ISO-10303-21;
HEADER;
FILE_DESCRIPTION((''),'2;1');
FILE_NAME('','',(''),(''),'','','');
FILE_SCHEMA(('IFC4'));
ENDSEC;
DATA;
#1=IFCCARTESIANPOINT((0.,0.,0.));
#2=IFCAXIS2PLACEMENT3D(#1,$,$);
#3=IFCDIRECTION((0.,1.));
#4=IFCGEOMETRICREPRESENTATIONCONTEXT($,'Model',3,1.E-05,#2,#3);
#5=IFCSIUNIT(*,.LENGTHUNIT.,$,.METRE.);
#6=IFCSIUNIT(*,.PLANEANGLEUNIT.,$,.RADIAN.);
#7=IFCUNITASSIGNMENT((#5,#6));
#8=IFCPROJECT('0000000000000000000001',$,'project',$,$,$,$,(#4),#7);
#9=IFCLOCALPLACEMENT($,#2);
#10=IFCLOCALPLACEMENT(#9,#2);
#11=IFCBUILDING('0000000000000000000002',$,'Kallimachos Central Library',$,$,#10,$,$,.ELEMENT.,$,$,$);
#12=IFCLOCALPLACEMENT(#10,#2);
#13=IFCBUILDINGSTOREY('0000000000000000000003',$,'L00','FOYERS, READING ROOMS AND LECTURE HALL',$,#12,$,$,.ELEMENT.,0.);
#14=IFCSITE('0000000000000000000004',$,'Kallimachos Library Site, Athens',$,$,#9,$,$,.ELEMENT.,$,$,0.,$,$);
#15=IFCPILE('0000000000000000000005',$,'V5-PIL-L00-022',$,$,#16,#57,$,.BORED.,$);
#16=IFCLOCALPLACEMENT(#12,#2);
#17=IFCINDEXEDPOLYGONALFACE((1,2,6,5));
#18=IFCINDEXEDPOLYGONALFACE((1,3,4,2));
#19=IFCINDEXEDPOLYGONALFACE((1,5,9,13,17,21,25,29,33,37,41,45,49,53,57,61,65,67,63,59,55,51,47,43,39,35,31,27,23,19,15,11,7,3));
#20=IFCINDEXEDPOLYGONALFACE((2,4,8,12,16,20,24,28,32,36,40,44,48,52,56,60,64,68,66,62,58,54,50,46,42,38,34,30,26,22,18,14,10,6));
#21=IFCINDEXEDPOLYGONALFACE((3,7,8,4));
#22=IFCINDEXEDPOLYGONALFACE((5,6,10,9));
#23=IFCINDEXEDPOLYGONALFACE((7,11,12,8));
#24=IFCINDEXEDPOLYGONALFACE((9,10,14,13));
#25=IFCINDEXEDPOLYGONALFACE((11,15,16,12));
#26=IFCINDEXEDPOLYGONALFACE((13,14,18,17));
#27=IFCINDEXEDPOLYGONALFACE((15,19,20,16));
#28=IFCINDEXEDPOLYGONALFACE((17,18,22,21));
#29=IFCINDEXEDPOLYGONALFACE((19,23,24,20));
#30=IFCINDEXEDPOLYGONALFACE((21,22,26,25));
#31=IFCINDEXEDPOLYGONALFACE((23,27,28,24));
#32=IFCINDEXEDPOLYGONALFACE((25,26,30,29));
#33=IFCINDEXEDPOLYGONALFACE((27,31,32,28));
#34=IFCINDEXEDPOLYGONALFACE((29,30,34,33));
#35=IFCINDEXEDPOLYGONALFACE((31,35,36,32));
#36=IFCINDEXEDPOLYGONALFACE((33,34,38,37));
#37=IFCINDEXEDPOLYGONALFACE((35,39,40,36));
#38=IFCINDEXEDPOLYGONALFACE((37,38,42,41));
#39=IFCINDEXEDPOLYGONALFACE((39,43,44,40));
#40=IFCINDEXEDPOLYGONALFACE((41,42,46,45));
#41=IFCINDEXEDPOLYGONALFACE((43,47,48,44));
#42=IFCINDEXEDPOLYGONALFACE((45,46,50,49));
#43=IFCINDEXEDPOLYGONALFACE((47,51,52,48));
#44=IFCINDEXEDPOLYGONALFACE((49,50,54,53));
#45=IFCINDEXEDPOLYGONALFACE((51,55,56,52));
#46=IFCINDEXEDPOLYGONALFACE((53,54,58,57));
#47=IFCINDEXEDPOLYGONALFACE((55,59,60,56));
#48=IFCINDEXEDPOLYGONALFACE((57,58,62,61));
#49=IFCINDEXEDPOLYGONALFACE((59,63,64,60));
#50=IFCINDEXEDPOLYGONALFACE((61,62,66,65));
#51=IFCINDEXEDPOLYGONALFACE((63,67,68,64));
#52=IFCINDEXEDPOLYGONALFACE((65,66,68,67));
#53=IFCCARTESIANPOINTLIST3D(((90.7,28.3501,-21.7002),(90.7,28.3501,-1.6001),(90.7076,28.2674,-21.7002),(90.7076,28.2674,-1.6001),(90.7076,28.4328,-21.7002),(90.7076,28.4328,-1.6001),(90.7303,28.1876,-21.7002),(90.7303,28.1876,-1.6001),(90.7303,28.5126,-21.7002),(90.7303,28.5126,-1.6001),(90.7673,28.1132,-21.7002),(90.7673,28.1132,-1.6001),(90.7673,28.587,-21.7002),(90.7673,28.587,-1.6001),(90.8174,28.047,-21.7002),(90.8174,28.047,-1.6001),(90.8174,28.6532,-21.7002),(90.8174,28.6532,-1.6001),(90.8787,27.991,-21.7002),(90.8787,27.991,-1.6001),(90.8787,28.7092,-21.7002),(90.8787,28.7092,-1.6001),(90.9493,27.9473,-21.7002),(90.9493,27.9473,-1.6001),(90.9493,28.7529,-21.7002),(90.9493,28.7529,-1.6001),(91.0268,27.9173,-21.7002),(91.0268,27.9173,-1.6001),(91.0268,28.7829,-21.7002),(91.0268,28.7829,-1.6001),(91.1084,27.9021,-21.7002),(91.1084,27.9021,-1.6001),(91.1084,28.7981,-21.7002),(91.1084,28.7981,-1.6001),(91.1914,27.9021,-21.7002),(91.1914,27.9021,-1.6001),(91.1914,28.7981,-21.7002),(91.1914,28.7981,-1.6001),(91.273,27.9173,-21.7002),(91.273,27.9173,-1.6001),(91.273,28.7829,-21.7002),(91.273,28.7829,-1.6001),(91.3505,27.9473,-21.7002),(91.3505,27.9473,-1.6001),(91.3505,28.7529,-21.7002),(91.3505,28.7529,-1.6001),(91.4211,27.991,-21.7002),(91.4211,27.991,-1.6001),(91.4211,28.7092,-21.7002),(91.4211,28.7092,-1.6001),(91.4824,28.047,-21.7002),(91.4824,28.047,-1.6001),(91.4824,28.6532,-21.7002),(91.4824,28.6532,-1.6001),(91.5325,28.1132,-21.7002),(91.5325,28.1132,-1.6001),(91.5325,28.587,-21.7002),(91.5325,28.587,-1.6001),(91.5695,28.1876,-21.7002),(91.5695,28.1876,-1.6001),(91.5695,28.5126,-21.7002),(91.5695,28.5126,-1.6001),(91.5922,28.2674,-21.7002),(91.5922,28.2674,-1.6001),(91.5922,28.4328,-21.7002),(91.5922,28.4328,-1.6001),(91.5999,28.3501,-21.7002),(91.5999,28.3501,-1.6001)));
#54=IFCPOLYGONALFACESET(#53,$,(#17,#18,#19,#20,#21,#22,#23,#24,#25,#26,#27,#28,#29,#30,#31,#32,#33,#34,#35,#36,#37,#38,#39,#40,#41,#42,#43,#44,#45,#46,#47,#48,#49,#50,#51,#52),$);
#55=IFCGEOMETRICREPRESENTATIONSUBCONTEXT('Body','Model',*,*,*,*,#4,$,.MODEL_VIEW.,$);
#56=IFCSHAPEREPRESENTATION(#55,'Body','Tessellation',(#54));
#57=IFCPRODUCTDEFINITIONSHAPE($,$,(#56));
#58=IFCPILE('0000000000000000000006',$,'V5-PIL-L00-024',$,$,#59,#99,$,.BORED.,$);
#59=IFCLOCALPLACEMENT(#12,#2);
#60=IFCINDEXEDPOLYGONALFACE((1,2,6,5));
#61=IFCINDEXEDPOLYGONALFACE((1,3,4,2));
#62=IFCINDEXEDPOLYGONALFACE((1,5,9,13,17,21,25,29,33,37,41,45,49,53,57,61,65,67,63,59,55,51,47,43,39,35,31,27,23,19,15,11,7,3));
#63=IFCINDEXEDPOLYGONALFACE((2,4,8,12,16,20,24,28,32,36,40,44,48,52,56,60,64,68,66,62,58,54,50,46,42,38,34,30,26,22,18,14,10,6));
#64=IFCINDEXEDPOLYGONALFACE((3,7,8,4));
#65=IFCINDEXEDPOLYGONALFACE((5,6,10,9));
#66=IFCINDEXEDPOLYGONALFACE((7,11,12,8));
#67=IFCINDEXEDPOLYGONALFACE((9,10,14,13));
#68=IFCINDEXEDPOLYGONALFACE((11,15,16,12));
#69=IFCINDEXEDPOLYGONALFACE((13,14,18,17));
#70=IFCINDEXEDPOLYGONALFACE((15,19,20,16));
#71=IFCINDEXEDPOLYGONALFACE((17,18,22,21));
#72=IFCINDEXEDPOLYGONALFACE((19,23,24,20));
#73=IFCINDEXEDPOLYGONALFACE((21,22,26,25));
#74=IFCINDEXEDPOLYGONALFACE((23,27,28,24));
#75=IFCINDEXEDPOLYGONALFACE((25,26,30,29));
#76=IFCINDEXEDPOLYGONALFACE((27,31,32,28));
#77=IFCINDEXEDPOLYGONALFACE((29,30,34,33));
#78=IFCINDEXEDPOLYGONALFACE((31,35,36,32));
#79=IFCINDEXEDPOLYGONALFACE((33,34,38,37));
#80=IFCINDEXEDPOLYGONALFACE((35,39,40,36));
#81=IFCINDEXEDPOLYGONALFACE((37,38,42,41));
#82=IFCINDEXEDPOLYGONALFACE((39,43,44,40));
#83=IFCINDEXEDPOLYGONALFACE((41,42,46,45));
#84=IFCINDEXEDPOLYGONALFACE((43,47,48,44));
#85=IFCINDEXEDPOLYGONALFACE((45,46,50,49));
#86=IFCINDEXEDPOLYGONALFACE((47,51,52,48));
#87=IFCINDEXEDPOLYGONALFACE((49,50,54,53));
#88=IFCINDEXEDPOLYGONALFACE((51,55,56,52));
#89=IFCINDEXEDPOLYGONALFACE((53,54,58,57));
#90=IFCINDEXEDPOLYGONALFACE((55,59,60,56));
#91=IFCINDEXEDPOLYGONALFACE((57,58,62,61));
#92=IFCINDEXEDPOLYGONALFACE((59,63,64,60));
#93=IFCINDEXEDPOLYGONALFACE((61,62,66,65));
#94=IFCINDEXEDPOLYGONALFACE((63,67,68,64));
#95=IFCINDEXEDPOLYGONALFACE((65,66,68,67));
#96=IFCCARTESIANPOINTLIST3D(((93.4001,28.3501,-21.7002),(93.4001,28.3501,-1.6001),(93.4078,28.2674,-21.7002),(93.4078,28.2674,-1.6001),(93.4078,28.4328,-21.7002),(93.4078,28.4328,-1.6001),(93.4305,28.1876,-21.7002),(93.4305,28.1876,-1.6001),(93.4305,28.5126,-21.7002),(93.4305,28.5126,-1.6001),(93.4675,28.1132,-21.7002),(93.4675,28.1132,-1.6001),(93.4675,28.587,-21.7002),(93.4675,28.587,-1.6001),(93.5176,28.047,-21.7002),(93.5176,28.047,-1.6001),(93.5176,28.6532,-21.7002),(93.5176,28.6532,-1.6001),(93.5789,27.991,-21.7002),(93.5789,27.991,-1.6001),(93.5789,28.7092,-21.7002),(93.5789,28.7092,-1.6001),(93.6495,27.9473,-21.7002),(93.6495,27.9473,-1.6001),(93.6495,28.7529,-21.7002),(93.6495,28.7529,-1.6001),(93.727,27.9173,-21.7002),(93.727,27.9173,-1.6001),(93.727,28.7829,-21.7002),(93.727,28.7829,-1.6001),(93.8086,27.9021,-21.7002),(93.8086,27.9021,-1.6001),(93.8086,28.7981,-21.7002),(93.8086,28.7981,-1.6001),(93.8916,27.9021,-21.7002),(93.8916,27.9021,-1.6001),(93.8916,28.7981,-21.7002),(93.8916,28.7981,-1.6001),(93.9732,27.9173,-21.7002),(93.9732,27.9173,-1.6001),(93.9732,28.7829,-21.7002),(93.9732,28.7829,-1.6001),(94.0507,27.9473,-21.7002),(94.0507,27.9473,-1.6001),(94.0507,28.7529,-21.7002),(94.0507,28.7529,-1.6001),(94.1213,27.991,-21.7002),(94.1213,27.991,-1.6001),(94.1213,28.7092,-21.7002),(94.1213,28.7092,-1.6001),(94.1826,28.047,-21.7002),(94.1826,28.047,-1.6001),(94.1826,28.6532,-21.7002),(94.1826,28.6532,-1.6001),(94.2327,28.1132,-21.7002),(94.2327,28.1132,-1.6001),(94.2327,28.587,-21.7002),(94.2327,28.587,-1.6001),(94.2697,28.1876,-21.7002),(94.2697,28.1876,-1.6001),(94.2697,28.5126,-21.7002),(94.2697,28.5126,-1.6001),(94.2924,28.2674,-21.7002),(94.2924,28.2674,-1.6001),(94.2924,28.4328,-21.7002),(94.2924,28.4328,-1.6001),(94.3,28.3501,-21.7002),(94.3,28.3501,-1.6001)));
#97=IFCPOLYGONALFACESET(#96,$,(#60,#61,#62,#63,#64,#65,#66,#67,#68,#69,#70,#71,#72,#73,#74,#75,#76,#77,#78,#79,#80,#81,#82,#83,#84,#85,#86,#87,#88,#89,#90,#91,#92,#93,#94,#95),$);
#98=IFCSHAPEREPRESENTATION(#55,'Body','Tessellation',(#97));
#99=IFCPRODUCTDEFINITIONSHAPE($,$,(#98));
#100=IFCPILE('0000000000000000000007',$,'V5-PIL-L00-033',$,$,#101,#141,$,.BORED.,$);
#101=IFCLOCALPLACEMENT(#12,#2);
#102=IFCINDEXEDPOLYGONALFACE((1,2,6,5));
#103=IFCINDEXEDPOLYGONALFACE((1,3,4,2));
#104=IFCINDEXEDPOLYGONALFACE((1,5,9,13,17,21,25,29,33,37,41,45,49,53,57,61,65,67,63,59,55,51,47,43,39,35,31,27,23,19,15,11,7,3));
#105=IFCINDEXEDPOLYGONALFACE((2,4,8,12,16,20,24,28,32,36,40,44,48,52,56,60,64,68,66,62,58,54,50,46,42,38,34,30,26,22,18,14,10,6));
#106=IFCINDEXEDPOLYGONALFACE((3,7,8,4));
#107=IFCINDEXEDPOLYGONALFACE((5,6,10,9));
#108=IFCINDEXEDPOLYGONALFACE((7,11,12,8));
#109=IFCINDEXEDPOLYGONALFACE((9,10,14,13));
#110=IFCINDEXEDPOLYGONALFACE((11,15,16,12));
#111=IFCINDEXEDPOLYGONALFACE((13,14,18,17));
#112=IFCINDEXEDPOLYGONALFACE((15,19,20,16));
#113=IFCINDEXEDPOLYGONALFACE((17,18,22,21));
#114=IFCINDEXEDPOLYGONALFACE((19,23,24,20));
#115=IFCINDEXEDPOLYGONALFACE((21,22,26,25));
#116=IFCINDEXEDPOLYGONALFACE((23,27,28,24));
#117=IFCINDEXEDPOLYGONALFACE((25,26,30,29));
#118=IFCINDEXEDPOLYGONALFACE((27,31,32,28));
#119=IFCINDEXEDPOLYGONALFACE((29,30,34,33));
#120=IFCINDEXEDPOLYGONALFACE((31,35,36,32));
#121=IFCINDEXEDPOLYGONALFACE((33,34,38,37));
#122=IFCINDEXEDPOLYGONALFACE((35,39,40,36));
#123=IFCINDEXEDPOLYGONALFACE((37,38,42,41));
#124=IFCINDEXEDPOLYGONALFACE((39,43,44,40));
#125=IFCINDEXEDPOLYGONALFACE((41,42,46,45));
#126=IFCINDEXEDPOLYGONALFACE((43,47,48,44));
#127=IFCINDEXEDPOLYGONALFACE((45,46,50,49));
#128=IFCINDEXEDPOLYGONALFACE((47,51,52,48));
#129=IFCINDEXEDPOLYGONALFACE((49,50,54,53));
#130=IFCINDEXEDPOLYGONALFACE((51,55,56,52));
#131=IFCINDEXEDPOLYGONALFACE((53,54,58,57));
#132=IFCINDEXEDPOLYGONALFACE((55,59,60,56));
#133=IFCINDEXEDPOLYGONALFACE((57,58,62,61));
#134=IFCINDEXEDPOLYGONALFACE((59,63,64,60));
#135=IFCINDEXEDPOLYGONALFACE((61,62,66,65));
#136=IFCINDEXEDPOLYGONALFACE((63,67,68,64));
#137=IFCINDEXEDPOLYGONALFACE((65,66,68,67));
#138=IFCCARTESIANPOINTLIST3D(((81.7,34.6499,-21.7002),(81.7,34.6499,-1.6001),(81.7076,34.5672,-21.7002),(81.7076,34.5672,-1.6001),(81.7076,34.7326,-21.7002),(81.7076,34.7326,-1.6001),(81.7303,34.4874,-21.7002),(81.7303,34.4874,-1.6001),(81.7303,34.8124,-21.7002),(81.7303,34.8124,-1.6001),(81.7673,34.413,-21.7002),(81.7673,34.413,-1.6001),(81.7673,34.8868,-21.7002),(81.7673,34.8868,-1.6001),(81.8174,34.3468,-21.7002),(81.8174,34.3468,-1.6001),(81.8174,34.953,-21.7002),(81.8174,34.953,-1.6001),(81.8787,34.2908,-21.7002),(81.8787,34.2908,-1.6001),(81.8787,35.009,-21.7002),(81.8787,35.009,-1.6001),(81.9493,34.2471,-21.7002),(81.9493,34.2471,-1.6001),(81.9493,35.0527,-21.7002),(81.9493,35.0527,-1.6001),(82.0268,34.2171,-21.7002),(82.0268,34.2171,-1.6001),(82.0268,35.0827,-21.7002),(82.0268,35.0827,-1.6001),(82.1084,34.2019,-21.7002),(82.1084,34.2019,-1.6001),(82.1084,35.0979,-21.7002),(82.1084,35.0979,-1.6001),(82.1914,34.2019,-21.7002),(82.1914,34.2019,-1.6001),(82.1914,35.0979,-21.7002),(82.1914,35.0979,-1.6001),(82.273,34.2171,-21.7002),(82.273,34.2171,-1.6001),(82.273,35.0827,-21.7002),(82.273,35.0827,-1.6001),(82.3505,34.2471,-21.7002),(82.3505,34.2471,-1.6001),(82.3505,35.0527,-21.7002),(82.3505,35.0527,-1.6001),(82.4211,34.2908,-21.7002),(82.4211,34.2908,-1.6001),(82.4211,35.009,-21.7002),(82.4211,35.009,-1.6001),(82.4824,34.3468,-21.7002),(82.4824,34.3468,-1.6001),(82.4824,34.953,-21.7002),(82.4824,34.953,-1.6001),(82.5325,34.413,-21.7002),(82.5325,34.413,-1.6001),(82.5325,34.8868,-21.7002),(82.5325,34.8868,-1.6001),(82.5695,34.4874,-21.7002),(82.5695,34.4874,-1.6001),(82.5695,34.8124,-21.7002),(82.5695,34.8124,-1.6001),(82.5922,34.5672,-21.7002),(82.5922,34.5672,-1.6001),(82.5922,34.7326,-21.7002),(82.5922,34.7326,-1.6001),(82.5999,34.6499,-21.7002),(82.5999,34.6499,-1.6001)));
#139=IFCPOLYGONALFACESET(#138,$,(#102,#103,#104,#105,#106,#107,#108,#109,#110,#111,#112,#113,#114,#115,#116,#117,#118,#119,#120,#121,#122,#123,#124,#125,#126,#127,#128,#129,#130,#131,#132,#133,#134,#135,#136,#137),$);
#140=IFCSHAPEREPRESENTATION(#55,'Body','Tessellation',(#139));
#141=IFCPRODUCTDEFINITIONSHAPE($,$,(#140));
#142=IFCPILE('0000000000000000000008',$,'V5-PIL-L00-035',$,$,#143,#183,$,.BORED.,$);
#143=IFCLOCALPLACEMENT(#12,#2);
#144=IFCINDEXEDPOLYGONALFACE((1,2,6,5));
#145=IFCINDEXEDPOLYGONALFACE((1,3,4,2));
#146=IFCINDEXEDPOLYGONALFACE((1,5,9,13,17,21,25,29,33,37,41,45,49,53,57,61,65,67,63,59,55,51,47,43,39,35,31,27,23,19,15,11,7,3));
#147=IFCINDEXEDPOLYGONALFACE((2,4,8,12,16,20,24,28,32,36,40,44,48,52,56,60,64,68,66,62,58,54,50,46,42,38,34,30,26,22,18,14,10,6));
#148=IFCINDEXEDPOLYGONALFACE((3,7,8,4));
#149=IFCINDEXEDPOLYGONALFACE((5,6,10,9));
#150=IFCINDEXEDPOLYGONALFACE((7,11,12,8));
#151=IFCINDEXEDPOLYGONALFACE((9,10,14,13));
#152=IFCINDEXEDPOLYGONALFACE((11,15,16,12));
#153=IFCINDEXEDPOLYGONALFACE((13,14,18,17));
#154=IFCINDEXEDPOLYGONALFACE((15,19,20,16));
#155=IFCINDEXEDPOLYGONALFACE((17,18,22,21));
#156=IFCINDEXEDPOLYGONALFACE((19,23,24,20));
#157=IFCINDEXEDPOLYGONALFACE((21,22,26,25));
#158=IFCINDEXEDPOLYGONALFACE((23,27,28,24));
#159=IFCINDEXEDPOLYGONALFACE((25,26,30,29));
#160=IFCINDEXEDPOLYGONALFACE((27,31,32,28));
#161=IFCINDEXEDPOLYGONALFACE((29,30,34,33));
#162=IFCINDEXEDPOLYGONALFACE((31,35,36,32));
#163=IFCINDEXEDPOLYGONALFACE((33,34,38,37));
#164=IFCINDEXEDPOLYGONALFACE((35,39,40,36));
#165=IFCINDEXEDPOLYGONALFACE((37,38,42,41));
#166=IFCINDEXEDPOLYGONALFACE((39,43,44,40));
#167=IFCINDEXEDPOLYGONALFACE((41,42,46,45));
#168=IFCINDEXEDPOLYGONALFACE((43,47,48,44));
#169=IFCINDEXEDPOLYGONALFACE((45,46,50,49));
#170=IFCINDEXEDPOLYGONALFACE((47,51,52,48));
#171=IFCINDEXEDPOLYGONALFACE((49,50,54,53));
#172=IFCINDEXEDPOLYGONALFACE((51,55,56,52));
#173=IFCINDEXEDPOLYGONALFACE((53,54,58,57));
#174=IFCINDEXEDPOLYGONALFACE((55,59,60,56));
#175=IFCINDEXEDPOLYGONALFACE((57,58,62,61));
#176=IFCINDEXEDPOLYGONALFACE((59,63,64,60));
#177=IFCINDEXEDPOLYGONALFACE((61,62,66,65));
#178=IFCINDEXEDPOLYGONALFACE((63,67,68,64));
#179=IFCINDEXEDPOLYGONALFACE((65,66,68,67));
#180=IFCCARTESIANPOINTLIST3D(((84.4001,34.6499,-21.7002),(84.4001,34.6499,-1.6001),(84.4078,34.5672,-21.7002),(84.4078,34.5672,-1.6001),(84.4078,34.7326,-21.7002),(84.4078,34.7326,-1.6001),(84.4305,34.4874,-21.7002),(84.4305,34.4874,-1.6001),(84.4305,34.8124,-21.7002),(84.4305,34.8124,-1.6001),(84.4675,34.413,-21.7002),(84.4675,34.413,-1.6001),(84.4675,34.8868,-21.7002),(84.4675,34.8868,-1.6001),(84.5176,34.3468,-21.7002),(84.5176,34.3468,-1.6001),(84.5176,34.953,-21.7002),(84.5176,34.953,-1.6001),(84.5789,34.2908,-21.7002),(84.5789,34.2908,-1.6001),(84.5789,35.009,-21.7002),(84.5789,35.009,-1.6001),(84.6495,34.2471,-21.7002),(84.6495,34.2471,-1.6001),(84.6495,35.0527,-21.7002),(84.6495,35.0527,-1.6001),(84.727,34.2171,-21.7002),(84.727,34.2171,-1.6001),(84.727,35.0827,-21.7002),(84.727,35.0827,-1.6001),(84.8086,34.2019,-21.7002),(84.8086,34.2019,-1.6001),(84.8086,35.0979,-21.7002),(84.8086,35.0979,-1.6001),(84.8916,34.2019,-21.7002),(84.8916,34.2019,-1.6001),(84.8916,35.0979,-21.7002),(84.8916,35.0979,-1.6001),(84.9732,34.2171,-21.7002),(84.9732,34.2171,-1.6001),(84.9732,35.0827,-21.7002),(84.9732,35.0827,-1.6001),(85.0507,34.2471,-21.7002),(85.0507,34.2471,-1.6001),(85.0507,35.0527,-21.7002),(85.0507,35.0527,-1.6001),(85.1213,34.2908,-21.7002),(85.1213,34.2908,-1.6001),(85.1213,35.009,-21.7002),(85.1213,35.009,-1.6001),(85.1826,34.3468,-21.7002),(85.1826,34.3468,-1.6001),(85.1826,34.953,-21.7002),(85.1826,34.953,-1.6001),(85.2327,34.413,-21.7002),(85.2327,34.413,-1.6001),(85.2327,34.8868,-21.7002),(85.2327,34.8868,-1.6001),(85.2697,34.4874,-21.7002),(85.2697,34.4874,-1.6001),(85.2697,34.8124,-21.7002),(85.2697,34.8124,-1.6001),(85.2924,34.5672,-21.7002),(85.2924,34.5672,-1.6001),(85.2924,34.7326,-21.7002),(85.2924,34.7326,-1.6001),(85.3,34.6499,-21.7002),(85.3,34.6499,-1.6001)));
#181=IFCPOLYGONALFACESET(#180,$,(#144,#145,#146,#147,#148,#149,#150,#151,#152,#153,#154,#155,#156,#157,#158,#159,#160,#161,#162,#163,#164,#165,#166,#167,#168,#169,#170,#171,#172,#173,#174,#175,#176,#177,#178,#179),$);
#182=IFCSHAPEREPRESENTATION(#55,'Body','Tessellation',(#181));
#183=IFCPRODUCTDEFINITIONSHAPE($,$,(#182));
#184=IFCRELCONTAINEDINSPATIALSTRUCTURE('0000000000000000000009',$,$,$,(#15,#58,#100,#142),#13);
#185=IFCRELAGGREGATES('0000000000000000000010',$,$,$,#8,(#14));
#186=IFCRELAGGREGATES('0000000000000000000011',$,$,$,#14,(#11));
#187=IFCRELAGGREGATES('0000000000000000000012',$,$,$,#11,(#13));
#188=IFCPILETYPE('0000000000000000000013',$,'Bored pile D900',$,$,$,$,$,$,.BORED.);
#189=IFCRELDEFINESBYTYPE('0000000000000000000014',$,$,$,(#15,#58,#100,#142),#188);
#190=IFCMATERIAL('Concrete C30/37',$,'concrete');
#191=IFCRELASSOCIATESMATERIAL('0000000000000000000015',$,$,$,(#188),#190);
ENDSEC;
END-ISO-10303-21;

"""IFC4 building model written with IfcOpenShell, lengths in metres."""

from ifc_helpers import new_model, si_unit, direction, frame, origin, origin_2d, place, context, subcontext, project, spatial, circle, extrude, material, type_object, element, save


model = new_model("IFC4")

# Units and contexts
model_context = context("Model", 3, precision=1e-05, world=origin(), true_north=direction((0.0, 1.0)))
body_context = subcontext(model_context, "Body", "Model", "MODEL_VIEW")
ifc_project = project(units=[si_unit("LENGTHUNIT", "METRE"), si_unit("PLANEANGLEUNIT", "RADIAN")], contexts=[model_context])

# Site, building, storey
site_placement = place(None, origin())
site = spatial("IfcSite", under=ifc_project, at=site_placement, Name="Kallimachos Library Site, Athens", CompositionType="ELEMENT", RefElevation=0.0)
building_placement = place(site_placement, origin())
building = spatial("IfcBuilding", under=site, at=building_placement, Name="Kallimachos Central Library", CompositionType="ELEMENT")
storey_placement = place(building_placement, origin())
storey = spatial("IfcBuildingStorey", under=building, at=storey_placement, Name="L00", Description="FOYERS, READING ROOMS AND LECTURE HALL", CompositionType="ELEMENT", Elevation=0.0)

# Piles
ifc_material_1 = material(Name="Concrete C30/37", Category="concrete")
pile_type = type_object("IfcPileType", Name="Bored pile D900", PredefinedType="BORED", material=ifc_material_1)
for number, where, z_axis, x_axis, name in (
    (1, (91.1499, 28.3501, -1.6001), (0.0, 0.0, -1.0), (1.0, 0.0, 0.0), "V5-PIL-L00-022"),
    (2, (93.8501, 28.3501, -1.6001), (0.0, 0.0, -1.0), (1.0, 0.0, 0.0), "V5-PIL-L00-024"),
    (3, (82.1499, 34.6499, -1.6001), (0.0, 0.0, -1.0), (1.0, 0.0, 0.0), "V5-PIL-L00-033"),
    (4, (84.8501, 34.6499, -1.6001), (0.0, 0.0, -1.0), (1.0, 0.0, 0.0), "V5-PIL-L00-035"),
):
    element("IfcPile", number, at=place(storey_placement, frame(where, z_axis=z_axis, x_axis=x_axis)), inside=storey, type_object=pile_type, Name=name, PredefinedType="BORED", context=body_context, shape_type="SweptSolid", body=[
        extrude(circle(Radius=0.45, at=origin_2d()), origin(), (0.0, 0.0, 1.0), 20.1001),
    ])

save(model, "model.ifc")
